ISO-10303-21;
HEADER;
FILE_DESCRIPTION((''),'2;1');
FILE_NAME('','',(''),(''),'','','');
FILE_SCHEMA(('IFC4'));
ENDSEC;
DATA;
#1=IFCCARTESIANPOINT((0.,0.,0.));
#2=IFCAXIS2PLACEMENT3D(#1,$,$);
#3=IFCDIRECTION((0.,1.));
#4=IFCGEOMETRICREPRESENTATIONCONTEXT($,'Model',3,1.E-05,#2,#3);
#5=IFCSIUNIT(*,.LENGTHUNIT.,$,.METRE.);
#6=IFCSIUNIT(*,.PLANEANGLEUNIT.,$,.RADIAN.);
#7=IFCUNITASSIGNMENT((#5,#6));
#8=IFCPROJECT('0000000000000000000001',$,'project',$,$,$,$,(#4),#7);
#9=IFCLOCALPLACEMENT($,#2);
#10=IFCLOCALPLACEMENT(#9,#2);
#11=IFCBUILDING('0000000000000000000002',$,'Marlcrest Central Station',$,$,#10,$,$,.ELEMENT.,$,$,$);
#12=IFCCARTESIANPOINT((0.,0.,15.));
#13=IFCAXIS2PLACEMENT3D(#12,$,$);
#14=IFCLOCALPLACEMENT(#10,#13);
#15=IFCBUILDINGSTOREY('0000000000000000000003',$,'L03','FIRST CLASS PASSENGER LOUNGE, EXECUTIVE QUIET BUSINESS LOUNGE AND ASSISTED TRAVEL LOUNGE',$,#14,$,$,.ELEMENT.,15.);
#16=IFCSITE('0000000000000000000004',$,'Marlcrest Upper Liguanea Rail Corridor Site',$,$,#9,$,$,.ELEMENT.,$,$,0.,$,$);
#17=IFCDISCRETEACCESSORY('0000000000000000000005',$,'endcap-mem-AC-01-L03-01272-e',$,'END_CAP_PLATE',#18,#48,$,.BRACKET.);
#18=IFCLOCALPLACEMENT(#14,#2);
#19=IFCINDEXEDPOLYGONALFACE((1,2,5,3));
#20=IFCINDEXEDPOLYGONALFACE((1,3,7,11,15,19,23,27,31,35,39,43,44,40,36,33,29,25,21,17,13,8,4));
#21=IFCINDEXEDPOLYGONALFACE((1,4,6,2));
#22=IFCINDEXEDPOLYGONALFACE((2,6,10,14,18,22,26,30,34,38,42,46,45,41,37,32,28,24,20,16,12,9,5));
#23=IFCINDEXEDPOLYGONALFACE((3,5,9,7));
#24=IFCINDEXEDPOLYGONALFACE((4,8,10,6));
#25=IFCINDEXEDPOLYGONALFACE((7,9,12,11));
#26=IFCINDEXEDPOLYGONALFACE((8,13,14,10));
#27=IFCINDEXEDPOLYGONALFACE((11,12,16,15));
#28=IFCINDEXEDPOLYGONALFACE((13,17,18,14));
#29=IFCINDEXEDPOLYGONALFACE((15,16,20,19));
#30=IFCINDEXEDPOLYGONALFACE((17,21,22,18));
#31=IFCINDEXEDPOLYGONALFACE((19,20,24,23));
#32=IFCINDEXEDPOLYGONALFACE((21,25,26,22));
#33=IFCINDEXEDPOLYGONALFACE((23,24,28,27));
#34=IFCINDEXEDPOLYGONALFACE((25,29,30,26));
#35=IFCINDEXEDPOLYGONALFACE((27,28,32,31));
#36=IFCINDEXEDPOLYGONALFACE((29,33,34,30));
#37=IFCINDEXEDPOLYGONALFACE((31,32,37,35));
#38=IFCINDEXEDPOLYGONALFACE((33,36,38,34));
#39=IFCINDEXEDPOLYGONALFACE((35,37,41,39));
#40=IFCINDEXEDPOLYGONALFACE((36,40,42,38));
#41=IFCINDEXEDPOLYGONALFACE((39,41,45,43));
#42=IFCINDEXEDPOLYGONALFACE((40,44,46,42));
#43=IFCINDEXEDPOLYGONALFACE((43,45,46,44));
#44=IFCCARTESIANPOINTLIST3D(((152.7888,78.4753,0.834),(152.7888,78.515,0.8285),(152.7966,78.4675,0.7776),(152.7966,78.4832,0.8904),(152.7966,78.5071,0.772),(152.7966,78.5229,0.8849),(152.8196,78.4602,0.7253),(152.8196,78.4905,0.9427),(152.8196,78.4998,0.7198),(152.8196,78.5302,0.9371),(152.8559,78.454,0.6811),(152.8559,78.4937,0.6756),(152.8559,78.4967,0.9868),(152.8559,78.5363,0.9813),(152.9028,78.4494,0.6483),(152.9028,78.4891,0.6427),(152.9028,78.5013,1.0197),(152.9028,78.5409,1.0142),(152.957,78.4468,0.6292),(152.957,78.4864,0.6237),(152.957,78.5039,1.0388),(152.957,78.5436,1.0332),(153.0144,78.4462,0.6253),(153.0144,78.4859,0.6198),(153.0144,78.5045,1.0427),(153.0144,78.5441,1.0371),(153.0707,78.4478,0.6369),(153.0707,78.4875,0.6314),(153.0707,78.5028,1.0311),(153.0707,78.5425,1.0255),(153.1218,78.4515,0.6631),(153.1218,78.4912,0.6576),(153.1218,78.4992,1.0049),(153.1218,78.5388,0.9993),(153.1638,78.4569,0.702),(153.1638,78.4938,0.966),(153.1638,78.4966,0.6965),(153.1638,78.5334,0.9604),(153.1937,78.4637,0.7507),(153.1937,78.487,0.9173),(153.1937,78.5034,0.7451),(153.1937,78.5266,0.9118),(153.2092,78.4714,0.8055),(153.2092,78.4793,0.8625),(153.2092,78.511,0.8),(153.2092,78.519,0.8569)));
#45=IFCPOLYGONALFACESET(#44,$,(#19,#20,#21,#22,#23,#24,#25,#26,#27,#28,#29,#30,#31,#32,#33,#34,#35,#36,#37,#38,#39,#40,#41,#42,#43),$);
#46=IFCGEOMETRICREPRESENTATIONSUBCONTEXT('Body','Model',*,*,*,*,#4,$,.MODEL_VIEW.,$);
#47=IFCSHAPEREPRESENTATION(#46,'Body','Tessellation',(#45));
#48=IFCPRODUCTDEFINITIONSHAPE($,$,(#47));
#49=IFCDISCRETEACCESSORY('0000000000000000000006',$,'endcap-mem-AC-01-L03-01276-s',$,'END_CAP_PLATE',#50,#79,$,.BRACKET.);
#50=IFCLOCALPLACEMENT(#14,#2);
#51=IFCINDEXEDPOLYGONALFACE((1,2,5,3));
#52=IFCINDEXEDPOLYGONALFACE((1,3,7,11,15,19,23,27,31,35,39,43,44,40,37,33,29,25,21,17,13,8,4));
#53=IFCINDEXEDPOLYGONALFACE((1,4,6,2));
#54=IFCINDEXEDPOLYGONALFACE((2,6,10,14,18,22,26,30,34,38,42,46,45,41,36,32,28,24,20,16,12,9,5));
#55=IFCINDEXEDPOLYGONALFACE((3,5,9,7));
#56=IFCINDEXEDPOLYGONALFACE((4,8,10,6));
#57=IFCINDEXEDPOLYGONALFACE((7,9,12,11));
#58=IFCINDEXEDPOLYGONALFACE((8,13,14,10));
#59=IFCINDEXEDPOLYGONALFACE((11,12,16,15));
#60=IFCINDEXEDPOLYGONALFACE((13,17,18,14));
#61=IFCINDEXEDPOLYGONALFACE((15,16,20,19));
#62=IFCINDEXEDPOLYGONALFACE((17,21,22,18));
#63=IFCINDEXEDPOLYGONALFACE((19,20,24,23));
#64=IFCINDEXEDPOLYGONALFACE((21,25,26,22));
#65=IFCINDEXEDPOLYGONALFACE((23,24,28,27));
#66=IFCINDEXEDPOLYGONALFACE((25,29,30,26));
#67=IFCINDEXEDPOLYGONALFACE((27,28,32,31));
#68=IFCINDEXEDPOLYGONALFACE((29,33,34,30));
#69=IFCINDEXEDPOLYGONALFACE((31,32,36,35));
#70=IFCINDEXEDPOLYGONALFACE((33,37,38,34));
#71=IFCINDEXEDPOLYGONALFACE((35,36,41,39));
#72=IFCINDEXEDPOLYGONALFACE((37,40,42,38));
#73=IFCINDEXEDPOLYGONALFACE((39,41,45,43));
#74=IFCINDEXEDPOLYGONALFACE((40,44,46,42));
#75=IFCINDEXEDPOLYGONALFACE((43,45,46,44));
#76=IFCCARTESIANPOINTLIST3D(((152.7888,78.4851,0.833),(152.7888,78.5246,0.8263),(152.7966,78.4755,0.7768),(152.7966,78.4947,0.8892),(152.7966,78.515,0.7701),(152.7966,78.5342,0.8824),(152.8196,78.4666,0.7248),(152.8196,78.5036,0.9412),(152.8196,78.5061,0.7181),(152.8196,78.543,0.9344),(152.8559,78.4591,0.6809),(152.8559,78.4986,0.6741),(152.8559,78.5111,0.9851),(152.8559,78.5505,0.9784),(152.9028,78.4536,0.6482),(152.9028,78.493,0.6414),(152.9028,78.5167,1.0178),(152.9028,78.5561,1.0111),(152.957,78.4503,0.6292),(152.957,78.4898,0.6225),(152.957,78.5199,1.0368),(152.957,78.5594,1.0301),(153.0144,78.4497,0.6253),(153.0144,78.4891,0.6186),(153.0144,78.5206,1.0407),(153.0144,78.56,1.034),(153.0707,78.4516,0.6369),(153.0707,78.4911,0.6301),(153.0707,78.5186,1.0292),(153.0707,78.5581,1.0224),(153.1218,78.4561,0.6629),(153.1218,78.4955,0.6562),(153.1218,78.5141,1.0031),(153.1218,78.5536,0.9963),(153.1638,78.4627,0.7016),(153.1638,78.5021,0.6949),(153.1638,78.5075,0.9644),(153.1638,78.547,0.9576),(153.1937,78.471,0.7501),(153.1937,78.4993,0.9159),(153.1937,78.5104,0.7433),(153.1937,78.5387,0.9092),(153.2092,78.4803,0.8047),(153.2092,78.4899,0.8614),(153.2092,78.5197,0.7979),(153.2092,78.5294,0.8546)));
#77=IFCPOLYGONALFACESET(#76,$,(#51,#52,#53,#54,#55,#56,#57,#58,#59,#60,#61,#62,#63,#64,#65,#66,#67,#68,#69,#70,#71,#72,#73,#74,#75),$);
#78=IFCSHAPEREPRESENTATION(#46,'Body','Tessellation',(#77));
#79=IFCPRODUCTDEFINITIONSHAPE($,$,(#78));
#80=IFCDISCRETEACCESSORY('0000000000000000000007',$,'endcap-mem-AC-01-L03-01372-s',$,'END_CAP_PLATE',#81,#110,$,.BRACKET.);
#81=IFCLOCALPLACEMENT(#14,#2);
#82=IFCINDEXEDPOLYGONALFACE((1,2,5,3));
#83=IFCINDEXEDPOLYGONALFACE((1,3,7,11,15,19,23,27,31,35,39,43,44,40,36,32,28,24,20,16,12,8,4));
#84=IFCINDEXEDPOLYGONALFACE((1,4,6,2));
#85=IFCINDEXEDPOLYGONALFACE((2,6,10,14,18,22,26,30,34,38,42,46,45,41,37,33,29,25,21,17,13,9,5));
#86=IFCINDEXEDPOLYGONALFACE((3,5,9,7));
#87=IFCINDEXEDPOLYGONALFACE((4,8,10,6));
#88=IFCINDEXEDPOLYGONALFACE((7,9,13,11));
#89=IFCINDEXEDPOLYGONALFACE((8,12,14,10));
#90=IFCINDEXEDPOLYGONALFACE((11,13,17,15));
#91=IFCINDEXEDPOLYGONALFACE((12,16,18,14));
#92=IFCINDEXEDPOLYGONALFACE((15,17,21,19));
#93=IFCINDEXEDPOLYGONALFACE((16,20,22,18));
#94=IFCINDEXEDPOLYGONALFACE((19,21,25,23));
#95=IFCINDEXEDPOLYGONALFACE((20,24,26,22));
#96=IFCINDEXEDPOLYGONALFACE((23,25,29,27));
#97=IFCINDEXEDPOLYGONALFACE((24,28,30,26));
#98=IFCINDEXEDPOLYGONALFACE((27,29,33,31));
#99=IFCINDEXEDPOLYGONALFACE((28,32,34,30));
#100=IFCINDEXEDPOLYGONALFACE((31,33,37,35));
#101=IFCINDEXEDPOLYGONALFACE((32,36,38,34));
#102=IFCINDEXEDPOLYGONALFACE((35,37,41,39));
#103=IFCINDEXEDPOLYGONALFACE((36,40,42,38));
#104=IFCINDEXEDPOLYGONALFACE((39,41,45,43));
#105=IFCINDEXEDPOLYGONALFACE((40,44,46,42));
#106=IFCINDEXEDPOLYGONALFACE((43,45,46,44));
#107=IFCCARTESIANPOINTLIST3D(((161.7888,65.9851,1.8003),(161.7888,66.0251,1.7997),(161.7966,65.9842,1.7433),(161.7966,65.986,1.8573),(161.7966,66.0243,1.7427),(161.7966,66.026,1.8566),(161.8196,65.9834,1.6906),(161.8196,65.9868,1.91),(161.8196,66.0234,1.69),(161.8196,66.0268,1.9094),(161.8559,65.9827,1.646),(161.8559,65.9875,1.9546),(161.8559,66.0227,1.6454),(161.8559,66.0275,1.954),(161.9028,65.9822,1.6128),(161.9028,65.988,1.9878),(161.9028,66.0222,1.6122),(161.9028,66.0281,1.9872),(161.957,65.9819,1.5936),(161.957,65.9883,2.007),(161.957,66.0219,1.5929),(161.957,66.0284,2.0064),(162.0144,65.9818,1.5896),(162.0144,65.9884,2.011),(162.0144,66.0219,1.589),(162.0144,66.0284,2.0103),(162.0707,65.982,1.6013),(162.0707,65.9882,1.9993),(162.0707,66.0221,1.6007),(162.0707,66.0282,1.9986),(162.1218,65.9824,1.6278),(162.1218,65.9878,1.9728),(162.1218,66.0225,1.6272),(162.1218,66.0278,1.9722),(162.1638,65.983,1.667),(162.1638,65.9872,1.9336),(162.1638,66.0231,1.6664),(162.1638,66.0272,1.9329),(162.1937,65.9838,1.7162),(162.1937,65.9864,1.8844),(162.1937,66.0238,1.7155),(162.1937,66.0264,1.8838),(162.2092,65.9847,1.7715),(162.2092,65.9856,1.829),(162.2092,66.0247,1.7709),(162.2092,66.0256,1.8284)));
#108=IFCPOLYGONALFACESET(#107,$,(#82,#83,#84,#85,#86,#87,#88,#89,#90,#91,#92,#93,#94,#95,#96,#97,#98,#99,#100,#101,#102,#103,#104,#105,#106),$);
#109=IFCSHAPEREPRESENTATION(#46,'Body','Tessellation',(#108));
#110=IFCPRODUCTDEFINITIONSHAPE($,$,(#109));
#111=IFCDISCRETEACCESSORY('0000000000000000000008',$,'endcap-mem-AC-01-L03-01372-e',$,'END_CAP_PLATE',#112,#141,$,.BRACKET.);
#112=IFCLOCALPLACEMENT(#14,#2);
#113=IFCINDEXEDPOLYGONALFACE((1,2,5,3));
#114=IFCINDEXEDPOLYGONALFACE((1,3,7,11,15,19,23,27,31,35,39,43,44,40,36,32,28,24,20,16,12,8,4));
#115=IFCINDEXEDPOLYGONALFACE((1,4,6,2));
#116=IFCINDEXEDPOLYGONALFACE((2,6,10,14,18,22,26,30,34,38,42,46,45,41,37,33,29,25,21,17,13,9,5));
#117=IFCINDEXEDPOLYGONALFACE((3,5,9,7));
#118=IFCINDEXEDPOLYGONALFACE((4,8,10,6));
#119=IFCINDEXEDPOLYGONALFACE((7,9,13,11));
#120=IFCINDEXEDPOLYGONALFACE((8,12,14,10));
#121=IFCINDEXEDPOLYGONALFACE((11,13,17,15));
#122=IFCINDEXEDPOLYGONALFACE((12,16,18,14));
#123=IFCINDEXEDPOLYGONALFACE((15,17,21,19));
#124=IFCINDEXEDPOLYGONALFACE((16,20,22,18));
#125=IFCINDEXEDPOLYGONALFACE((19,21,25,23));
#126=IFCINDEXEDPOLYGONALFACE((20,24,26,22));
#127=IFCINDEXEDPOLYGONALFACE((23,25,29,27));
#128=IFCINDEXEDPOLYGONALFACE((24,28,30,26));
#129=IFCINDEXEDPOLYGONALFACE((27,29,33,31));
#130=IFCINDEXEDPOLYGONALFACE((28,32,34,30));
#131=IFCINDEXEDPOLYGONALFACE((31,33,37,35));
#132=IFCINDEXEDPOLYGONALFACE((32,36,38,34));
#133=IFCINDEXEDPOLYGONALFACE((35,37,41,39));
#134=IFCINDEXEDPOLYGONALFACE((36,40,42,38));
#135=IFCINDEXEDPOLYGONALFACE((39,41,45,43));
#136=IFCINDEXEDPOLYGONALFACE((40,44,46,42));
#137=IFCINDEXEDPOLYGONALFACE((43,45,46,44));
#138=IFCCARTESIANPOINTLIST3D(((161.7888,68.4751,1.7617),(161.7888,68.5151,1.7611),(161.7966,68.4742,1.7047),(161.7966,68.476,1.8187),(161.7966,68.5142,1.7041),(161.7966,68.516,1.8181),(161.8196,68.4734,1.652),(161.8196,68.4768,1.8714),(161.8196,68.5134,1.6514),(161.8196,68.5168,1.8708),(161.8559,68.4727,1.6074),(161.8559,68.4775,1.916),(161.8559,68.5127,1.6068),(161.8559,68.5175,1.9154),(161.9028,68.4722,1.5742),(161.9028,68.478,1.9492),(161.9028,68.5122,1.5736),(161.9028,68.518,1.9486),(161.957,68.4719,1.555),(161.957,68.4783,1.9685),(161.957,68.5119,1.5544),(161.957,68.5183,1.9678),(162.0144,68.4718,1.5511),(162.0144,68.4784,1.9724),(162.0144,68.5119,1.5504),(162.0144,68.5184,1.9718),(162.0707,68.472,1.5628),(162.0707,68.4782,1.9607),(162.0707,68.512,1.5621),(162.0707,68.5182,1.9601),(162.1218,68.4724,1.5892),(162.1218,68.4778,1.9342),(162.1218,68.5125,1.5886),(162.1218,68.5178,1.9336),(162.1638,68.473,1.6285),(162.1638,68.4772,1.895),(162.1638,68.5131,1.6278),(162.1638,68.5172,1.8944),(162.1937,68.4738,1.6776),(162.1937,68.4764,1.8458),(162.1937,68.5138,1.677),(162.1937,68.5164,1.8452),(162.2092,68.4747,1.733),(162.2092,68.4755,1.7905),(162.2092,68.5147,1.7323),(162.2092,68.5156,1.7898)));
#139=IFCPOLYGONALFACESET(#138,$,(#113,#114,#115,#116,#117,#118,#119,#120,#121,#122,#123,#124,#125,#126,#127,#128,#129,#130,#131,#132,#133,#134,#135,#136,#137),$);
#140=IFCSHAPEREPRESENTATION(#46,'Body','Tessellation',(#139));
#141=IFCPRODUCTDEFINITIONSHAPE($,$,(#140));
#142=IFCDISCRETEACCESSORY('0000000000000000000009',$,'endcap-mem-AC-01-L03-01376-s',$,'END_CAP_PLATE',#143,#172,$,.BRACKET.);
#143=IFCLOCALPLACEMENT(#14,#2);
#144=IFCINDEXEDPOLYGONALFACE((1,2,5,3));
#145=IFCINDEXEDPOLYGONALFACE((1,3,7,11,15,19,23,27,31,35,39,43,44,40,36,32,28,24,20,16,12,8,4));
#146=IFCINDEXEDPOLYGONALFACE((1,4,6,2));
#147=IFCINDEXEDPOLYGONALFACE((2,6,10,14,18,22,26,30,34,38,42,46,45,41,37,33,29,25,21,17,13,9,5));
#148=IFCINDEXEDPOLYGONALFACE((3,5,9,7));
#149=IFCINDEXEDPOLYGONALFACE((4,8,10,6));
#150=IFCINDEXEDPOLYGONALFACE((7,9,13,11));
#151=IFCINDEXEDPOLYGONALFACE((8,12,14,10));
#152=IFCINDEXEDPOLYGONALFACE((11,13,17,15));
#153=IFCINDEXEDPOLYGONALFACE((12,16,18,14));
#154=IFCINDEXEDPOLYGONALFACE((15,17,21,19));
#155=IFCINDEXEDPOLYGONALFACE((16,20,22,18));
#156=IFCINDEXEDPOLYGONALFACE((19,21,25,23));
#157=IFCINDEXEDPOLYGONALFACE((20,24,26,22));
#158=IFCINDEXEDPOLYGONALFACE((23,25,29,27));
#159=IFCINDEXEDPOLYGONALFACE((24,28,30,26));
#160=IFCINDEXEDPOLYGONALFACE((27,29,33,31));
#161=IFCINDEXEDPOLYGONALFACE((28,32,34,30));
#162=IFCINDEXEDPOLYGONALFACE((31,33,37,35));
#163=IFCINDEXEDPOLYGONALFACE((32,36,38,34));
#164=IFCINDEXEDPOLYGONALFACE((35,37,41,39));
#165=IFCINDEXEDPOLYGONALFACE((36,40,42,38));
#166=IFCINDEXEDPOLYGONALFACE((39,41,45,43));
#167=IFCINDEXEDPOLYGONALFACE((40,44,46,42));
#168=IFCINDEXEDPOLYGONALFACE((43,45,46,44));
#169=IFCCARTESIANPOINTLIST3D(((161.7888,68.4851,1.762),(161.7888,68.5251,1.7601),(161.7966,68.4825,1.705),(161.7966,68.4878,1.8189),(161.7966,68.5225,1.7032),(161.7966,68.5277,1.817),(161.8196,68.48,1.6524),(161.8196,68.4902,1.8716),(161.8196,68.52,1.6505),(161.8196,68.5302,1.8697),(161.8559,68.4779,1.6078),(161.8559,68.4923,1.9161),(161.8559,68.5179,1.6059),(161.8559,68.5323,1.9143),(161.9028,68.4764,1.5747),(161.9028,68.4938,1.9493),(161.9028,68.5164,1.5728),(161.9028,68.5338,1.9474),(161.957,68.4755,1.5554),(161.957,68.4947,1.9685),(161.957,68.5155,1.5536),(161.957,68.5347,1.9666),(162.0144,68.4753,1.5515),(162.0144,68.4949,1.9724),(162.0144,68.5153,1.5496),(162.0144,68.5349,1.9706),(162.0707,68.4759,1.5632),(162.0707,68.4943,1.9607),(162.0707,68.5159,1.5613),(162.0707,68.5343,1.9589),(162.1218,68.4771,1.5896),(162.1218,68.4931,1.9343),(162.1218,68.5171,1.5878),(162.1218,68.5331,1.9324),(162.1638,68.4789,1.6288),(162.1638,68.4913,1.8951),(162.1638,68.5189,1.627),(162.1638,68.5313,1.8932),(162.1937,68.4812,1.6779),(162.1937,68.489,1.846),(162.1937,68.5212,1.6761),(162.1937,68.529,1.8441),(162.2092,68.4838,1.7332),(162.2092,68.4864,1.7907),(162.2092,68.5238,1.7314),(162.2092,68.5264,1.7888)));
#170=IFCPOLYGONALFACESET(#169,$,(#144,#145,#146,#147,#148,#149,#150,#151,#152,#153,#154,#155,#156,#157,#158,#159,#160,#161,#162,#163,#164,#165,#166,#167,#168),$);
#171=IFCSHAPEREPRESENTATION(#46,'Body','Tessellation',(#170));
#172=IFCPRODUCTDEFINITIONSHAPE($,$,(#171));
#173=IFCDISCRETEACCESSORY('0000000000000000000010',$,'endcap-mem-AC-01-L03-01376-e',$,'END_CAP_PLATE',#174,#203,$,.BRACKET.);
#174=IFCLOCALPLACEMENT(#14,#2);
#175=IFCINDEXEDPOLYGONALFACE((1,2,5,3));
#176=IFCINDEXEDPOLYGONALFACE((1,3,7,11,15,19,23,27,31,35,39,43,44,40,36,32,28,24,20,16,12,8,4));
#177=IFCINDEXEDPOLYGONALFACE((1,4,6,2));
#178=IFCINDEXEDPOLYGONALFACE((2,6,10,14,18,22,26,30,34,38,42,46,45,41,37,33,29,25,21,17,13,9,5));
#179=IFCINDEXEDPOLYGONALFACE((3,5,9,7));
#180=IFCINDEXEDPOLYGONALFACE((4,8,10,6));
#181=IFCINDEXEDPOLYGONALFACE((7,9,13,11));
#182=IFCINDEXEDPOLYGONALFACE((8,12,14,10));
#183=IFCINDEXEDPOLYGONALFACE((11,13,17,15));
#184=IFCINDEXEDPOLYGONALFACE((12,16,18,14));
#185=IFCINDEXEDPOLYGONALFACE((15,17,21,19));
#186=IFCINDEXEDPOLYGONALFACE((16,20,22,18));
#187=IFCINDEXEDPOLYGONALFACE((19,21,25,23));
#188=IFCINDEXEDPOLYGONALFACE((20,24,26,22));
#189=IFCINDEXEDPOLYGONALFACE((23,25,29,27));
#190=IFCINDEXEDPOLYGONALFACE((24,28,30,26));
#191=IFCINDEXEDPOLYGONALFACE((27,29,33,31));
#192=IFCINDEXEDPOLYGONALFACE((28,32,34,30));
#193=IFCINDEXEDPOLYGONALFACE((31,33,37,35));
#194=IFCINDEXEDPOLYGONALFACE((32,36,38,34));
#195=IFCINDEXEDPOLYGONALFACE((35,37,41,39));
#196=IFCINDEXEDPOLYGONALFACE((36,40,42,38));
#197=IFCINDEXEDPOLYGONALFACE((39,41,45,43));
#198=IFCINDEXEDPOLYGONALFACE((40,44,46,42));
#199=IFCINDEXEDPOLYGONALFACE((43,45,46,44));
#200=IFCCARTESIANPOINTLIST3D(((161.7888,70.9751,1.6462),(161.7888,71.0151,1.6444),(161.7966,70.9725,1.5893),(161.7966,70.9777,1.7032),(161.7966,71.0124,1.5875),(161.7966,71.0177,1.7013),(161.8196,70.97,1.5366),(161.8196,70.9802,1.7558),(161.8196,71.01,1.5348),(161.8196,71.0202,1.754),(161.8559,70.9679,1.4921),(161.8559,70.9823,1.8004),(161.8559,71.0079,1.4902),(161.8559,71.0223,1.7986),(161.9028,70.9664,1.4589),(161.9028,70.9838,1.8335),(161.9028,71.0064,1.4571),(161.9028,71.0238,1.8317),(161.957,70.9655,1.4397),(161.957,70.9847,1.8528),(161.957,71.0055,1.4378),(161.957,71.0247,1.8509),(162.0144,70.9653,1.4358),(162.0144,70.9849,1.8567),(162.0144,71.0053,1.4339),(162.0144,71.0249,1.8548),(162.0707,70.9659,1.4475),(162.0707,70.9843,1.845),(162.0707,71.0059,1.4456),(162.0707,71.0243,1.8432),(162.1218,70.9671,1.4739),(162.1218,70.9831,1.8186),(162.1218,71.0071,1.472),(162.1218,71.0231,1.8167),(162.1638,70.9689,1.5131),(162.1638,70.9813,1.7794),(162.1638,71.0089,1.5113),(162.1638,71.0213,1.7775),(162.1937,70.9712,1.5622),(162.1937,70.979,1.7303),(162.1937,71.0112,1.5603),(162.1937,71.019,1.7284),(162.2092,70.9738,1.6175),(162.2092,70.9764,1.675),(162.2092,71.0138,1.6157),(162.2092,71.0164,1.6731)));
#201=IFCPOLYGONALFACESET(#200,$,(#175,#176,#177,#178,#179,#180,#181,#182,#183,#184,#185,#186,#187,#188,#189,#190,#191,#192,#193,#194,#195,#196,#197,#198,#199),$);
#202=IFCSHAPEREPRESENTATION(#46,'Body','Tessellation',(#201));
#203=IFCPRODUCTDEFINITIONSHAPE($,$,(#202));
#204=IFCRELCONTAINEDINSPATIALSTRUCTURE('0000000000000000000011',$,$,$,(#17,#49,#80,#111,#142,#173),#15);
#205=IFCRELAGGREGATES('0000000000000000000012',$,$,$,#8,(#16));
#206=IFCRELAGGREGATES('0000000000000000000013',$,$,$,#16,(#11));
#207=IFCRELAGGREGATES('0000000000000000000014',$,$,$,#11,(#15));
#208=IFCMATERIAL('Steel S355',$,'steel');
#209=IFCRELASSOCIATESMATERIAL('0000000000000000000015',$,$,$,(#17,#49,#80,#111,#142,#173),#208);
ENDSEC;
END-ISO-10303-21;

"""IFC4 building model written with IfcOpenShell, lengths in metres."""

from ifc_helpers import new_model, si_unit, direction, frame, origin, origin_2d, place, context, subcontext, project, spatial, circle, extrude, material, element, save


model = new_model("IFC4")

# Units and contexts
model_context = context("Model", 3, precision=1e-05, world=origin(), true_north=direction((0.0, 1.0)))
body_context = subcontext(model_context, "Body", "Model", "MODEL_VIEW")
ifc_project = project(units=[si_unit("LENGTHUNIT", "METRE"), si_unit("PLANEANGLEUNIT", "RADIAN")], contexts=[model_context])

# Site, building, storey
site_placement = place(None, origin())
site = spatial("IfcSite", under=ifc_project, at=site_placement, Name="Marlcrest Upper Liguanea Rail Corridor Site", CompositionType="ELEMENT", RefElevation=0.0)
building_placement = place(site_placement, origin())
building = spatial("IfcBuilding", under=site, at=building_placement, Name="Marlcrest Central Station", CompositionType="ELEMENT")
storey_placement = place(building_placement, frame((0.0, 0.0, 15.0)))
storey = spatial("IfcBuildingStorey", under=building, at=storey_placement, Name="L03", Description="FIRST CLASS PASSENGER LOUNGE, EXECUTIVE QUIET BUSINESS LOUNGE AND ASSISTED TRAVEL LOUNGE", CompositionType="ELEMENT", Elevation=15.0)

# Shared definitions
ifc_material_1 = material(Name="Steel S355", Category="steel")

# Discrete accessories
for number, where, z_axis, x_axis, name in (
    (1, (153.0, 78.4753, 0.834), (0.0, 0.990403, -0.138211), (-1.0, 0.0, 0.0), "endcap-mem-AC-01-L03-01272-e"),
    (2, (153.0, 78.4851, 0.833), (0.0, 0.985741, -0.168269), (-1.0, 0.0, 0.0), "endcap-mem-AC-01-L03-01276-s"),
    (3, (162.0, 65.9851, 1.8003), (0.0, 0.999879, -0.015525), (-1.0, 0.0, 0.0), "endcap-mem-AC-01-L03-01372-s"),
    (4, (162.0, 68.4751, 1.7617), (0.0, 0.999879, -0.015525), (-1.0, 0.0, 0.0), "endcap-mem-AC-01-L03-01372-e"),
    (5, (162.0, 68.4851, 1.762), (0.0, 0.998921, -0.046434), (-1.0, 0.0, 0.0), "endcap-mem-AC-01-L03-01376-s"),
    (6, (162.0, 70.9751, 1.6462), (0.0, 0.998921, -0.046434), (-1.0, 0.0, 0.0), "endcap-mem-AC-01-L03-01376-e"),
):
    element("IfcDiscreteAccessory", number, at=place(storey_placement, frame(where, z_axis=z_axis, x_axis=x_axis)), inside=storey, material=ifc_material_1, Name=name, ObjectType="END_CAP_PLATE", PredefinedType="BRACKET", context=body_context, shape_type="SweptSolid", body=[
        extrude(circle(Radius=0.2112, at=origin_2d()), origin(), (0.0, 0.0, 1.0), 0.04),
    ])

save(model, "model.ifc")
